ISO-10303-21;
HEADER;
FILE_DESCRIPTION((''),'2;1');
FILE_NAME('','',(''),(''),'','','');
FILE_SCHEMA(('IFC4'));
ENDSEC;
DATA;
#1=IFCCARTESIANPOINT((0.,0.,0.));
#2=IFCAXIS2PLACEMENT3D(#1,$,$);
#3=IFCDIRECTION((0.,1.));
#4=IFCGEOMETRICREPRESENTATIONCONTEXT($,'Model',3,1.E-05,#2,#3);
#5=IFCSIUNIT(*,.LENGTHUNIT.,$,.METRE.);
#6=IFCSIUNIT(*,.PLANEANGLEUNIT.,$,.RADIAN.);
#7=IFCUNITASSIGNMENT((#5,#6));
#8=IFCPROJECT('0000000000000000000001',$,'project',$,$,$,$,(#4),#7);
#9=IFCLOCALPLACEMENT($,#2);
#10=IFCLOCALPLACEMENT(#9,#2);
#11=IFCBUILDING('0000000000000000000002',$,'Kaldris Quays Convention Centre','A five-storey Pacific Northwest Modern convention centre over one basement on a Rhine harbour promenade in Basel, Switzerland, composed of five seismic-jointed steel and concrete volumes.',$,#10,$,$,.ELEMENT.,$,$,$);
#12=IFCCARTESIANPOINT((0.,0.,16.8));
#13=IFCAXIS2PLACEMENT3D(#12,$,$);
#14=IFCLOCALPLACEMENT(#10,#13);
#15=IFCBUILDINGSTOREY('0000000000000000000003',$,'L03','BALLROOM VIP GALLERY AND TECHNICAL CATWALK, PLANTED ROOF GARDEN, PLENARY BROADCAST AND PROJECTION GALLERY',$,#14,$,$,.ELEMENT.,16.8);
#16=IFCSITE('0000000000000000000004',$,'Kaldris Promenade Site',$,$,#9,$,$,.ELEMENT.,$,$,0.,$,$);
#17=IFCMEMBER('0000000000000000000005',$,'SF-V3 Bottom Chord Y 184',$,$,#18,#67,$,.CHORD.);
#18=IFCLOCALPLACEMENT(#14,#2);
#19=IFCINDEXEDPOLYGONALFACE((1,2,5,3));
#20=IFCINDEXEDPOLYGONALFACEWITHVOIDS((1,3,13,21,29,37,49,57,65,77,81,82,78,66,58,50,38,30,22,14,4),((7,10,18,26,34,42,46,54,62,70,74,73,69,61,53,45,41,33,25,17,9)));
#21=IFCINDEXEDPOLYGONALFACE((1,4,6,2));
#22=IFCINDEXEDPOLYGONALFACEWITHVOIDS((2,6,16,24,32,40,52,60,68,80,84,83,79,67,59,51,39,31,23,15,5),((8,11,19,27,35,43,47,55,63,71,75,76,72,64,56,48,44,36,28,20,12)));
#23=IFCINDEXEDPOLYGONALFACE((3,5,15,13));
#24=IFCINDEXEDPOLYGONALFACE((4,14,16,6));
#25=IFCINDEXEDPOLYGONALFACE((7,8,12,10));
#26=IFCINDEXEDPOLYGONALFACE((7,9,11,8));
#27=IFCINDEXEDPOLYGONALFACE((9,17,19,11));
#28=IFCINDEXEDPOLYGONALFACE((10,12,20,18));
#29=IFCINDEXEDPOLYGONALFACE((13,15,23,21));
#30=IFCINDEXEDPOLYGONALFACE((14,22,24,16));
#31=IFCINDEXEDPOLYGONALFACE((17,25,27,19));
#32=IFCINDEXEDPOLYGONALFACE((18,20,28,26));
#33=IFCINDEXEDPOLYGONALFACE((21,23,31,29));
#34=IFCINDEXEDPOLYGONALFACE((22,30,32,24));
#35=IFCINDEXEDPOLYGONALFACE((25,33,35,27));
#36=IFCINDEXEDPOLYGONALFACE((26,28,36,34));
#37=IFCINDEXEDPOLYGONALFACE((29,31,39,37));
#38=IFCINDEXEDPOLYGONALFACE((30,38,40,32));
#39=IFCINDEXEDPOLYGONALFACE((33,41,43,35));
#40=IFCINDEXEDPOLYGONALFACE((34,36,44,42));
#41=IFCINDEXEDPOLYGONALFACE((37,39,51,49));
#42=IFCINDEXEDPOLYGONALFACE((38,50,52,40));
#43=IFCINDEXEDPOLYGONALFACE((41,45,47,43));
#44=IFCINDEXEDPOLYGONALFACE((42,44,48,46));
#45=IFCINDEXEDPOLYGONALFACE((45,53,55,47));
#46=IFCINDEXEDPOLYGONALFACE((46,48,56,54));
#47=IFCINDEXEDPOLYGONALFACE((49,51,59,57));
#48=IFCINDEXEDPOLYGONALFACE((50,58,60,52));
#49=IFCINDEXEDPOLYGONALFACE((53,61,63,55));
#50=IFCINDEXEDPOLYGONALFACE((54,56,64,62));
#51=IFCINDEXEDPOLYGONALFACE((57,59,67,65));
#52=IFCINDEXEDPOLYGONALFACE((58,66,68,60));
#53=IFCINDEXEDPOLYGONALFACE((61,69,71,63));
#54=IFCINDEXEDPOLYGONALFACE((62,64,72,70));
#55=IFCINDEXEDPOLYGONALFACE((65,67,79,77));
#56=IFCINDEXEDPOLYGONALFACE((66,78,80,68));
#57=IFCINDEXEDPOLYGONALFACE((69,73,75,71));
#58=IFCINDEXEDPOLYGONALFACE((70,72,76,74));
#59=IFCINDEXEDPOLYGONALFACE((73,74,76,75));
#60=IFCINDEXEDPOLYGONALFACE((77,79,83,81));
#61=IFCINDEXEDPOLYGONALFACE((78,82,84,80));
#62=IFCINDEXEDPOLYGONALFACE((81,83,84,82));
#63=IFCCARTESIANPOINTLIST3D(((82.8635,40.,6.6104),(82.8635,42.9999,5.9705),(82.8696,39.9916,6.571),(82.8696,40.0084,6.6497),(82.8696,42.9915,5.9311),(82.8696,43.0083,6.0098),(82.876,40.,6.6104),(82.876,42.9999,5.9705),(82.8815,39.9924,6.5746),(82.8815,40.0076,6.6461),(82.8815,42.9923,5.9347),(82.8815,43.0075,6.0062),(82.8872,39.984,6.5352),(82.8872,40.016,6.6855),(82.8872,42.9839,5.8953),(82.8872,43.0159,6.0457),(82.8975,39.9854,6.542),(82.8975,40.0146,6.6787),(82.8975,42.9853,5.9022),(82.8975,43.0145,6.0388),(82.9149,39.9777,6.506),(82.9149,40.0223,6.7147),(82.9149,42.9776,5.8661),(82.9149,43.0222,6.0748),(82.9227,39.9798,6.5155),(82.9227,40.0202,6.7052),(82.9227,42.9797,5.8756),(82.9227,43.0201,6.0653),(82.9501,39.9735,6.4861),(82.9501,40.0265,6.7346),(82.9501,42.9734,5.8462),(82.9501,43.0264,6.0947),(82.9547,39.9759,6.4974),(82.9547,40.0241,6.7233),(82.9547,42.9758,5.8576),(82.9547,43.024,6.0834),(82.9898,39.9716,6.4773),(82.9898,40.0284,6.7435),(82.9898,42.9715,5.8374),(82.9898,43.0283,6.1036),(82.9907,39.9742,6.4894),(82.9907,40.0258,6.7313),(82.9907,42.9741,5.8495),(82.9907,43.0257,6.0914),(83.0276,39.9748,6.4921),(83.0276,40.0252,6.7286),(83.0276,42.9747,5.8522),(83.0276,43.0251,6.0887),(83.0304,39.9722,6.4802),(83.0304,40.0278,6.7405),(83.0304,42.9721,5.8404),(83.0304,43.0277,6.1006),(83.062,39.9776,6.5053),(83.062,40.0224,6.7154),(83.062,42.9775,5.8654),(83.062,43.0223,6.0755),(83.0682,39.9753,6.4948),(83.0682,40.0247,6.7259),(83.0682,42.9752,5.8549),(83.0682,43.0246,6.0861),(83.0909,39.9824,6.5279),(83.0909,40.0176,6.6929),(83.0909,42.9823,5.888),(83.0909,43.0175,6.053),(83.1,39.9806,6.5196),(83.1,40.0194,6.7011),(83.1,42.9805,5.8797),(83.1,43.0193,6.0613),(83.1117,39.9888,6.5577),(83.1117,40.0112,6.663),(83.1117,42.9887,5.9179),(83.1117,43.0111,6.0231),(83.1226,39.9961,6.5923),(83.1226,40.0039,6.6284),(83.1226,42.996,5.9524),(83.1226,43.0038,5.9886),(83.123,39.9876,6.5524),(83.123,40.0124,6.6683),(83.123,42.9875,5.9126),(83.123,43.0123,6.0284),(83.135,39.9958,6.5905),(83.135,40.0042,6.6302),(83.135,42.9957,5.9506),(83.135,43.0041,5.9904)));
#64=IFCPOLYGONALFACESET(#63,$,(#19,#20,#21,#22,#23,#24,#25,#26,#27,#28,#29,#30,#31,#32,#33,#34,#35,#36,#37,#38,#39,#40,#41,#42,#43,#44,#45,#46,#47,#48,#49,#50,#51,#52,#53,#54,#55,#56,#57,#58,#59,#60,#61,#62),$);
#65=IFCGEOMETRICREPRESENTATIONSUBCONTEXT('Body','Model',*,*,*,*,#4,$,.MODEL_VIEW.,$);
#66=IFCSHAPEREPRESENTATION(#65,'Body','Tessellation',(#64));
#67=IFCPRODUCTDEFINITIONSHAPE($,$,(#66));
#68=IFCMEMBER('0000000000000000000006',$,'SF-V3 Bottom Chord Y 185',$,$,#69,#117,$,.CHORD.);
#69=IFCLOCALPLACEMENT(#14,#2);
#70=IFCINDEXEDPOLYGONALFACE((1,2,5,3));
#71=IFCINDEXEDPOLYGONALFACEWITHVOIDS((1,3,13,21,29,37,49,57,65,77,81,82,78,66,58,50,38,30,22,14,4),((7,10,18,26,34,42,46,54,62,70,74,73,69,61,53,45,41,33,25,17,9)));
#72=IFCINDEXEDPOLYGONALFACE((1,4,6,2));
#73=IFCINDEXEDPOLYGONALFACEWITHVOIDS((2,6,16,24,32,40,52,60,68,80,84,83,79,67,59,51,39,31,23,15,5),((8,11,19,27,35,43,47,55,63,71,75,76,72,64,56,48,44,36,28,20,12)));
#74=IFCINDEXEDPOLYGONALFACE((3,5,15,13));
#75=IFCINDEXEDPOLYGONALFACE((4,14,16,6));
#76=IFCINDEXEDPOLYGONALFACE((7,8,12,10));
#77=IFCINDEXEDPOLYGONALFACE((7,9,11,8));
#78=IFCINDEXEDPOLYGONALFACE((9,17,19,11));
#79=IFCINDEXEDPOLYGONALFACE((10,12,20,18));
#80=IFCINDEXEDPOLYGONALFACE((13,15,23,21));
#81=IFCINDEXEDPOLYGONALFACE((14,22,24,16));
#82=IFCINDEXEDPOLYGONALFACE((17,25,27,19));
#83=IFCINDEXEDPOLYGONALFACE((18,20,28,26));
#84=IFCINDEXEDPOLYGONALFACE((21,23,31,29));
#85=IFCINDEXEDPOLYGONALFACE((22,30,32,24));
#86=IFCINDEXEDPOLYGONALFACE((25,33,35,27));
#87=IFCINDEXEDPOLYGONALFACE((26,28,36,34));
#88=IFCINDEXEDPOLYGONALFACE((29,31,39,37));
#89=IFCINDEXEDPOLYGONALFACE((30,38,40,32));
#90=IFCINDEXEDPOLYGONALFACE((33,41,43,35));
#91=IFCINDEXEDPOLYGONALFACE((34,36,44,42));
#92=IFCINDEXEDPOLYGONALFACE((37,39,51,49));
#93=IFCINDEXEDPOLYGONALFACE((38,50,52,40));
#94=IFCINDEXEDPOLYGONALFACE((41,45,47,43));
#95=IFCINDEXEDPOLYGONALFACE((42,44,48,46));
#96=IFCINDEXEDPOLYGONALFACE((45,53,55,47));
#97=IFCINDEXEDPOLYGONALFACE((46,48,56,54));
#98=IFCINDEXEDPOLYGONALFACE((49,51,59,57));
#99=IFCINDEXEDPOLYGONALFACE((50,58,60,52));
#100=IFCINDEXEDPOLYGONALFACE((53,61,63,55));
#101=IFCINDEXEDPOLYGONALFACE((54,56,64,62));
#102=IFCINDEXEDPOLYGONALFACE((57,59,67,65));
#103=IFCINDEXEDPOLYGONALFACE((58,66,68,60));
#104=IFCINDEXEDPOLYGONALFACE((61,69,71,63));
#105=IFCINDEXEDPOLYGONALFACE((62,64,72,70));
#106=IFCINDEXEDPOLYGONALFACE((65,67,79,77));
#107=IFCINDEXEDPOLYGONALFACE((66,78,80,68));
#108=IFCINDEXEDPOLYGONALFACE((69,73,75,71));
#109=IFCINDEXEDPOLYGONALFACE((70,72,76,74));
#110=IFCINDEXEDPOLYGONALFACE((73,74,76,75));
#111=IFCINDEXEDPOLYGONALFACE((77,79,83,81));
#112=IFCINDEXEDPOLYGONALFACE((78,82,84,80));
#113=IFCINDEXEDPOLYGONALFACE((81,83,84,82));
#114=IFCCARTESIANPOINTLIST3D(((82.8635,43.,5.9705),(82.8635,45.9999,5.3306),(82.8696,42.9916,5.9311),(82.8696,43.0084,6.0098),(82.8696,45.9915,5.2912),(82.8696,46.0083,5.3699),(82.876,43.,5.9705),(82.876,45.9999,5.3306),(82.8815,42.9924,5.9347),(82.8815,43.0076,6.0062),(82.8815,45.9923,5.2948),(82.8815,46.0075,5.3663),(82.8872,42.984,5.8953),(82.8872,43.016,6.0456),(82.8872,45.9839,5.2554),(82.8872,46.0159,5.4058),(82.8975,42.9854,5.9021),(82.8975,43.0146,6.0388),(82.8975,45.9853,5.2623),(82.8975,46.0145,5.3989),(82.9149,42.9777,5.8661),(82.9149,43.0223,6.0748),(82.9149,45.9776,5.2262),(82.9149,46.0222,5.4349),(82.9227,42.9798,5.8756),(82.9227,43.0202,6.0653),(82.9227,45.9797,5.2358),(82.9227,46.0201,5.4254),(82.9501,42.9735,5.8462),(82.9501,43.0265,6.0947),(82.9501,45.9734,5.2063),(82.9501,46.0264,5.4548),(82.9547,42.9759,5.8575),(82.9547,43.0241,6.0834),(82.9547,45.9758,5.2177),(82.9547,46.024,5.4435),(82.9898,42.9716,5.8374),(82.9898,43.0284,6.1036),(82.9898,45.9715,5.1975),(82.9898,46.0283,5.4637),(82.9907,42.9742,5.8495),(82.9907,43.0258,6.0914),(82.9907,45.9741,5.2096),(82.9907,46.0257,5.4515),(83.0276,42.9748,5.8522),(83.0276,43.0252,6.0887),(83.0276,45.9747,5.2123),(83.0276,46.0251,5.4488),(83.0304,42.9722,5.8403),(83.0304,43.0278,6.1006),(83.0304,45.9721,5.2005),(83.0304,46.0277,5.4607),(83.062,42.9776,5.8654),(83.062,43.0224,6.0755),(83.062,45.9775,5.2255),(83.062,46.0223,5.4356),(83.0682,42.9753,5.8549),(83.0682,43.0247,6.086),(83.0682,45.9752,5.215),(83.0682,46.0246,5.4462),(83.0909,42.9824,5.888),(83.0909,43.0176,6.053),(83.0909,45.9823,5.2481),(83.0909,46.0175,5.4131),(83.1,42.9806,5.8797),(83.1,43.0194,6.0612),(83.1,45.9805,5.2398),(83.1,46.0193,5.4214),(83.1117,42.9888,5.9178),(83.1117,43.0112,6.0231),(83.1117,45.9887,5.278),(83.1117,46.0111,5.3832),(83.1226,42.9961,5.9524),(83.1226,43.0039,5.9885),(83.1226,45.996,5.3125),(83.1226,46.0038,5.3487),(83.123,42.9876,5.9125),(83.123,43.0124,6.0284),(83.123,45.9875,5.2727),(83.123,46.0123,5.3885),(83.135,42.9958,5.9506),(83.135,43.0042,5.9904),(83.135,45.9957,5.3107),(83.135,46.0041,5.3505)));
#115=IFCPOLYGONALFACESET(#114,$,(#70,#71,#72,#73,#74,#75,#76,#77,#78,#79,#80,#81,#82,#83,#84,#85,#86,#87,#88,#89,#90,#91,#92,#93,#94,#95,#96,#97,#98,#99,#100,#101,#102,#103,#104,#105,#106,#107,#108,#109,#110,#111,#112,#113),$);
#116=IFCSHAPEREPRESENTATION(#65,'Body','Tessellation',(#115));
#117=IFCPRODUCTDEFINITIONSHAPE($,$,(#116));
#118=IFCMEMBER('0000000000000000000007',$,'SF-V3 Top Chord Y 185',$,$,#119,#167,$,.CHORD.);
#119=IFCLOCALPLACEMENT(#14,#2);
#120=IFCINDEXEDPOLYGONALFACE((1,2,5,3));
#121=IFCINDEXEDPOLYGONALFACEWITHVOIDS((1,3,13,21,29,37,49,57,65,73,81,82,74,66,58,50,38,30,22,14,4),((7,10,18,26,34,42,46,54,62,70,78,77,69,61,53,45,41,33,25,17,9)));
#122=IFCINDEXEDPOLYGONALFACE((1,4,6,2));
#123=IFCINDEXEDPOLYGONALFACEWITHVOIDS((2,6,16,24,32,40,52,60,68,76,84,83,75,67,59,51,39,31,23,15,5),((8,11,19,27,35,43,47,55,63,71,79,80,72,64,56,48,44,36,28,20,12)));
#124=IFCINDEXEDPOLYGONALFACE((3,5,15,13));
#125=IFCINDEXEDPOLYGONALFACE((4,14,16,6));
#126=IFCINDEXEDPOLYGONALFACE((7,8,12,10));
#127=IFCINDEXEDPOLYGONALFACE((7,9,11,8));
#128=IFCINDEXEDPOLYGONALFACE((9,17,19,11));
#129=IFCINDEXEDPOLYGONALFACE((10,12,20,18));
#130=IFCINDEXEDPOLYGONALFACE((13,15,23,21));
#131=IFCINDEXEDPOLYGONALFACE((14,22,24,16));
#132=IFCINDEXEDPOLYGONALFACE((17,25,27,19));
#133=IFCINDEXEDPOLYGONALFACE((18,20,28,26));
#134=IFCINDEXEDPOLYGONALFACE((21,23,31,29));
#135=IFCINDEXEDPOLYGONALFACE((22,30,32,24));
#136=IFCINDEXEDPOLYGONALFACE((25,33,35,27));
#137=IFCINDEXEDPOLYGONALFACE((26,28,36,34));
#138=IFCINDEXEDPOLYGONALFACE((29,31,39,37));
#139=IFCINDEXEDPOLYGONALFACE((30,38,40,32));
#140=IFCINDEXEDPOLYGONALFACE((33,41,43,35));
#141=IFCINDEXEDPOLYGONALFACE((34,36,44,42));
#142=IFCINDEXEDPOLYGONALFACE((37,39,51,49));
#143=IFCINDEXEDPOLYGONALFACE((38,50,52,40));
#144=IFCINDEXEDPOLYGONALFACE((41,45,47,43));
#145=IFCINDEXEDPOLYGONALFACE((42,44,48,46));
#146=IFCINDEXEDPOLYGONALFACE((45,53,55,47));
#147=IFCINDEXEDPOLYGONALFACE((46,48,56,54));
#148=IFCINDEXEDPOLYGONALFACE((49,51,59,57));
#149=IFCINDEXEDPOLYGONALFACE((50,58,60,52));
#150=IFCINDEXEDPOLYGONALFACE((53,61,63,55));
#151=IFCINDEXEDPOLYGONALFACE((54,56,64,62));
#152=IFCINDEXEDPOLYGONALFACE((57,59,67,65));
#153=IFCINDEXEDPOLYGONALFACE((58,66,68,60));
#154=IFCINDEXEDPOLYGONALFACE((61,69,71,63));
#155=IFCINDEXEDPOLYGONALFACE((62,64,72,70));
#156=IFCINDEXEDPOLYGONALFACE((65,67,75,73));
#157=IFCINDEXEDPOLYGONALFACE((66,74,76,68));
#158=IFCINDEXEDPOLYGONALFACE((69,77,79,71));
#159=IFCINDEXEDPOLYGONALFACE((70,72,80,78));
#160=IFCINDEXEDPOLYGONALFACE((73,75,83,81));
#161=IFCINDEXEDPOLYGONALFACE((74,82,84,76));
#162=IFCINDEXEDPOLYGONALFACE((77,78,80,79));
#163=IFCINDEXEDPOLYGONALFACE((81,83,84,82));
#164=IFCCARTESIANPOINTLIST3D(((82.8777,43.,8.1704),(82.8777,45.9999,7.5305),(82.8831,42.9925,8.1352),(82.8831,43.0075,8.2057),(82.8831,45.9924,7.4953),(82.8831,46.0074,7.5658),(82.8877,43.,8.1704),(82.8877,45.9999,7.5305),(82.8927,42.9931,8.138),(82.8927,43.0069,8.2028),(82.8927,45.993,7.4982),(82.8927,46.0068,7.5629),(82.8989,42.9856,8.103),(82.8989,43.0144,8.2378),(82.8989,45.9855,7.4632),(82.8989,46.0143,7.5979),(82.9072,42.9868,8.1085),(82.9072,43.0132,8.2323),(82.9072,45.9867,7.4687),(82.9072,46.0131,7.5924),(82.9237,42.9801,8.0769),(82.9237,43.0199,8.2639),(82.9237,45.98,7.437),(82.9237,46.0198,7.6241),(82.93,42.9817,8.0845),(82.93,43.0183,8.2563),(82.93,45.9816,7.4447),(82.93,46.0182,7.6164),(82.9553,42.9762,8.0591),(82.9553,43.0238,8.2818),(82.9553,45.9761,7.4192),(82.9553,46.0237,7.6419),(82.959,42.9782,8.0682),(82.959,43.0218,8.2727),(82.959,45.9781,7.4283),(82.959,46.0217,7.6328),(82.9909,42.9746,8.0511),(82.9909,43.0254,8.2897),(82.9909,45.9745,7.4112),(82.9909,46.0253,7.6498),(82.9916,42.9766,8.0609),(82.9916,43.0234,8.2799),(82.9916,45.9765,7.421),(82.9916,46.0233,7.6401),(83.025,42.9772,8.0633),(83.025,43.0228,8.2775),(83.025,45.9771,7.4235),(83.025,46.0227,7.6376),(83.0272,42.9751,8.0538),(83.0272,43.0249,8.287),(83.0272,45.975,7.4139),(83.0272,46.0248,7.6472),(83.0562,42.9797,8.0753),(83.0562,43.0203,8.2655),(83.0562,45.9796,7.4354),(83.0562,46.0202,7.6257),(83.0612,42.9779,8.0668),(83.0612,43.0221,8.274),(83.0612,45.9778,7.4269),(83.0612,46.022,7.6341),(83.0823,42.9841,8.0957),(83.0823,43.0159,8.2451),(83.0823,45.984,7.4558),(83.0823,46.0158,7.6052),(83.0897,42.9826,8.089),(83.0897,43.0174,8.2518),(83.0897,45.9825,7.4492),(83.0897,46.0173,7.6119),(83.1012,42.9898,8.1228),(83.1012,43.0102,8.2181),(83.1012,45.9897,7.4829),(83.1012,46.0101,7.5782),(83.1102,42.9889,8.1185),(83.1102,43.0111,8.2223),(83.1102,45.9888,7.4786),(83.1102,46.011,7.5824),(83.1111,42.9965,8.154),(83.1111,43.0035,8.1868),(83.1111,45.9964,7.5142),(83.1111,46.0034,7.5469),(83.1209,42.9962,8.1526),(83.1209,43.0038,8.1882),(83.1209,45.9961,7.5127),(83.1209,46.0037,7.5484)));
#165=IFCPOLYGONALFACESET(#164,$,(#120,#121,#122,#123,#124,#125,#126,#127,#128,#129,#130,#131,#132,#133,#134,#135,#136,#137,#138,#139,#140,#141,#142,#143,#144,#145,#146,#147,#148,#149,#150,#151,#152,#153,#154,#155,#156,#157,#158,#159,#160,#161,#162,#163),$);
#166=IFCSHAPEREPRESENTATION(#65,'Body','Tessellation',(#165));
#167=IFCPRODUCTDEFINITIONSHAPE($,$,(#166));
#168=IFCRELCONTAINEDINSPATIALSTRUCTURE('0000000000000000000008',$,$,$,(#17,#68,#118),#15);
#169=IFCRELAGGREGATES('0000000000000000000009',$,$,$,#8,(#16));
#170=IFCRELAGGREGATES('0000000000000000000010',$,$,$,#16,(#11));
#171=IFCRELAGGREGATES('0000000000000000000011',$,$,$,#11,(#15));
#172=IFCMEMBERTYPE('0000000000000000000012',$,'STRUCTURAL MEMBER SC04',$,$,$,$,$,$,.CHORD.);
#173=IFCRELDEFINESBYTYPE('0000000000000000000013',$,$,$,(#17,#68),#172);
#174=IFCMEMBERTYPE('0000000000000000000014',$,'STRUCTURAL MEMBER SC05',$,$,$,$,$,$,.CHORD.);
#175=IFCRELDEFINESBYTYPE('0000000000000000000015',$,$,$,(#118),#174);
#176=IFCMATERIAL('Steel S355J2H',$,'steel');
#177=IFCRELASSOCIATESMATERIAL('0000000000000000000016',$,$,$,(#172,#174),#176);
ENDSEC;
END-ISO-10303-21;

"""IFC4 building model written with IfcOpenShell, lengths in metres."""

from ifc_helpers import new_model, si_unit, direction, frame, origin, origin_2d, place, context, subcontext, project, spatial, hollow_circle, extrude, material, material_profile, profile_set, type_object, element, save


model = new_model("IFC4")

# Units and contexts
model_context = context("Model", 3, precision=1e-05, world=origin(), true_north=direction((0.0, 1.0)))
body_context = subcontext(model_context, "Body", "Model", "MODEL_VIEW")
ifc_project = project(units=[si_unit("LENGTHUNIT", "METRE"), si_unit("PLANEANGLEUNIT", "RADIAN")], contexts=[model_context])

# Site, building, storey
site_placement = place(None, origin())
site = spatial("IfcSite", under=ifc_project, at=site_placement, Name="Kaldris Promenade Site", CompositionType="ELEMENT", RefElevation=0.0)
building_placement = place(site_placement, origin())
building = spatial("IfcBuilding", under=site, at=building_placement, Name="Kaldris Quays Convention Centre", Description="A five-storey Pacific Northwest Modern convention centre over one basement on a Rhine harbour promenade in Basel, Switzerland, composed of five seismic-jointed steel and concrete volumes.", CompositionType="ELEMENT")
storey_placement = place(building_placement, frame((0.0, 0.0, 16.8)))
storey = spatial("IfcBuildingStorey", under=building, at=storey_placement, Name="L03", Description="BALLROOM VIP GALLERY AND TECHNICAL CATWALK, PLANTED ROOF GARDEN, PLENARY BROADCAST AND PROJECTION GALLERY", CompositionType="ELEMENT", Elevation=16.8)

# Members
ifc_material_1 = material(Name="Steel S355J2H", Category="steel")
ifc_material_profile_1 = material_profile(ifc_material_1, hollow_circle(Radius=0.1365, WallThickness=0.0125, at=origin_2d()), Name="CHS 273x12.5")
ifc_profile_set_1 = profile_set([ifc_material_profile_1], Name="Steel S355J2H")
member_type_1 = type_object("IfcMemberType", Name="STRUCTURAL MEMBER SC04", PredefinedType="CHORD", material=ifc_profile_set_1)
for number, where, z_axis, x_axis, name in (
    (1, (83.0, 40.0, 6.6104), (0.0, 0.978, -0.208605), (-1.0, 0.0, 0.0), "SF-V3 Bottom Chord Y 184"),
    (2, (83.0, 43.0, 5.9705), (0.0, 0.978, -0.208605), (-1.0, 0.0, 0.0), "SF-V3 Bottom Chord Y 185"),
):
    element("IfcMember", number, at=place(storey_placement, frame(where, z_axis=z_axis, x_axis=x_axis)), inside=storey, type_object=member_type_1, Name=name, PredefinedType="CHORD", context=body_context, shape_type="SweptSolid", body=[
        extrude(hollow_circle(Radius=0.1365, WallThickness=0.0125, at=origin_2d()), origin(), (0.0, 0.0, 1.0), 3.0674),
    ])
ifc_material_profile_2 = material_profile(ifc_material_1, hollow_circle(Radius=0.1223, WallThickness=0.01, at=origin_2d()), Name="CHS 244.5x10")
ifc_profile_set_2 = profile_set([ifc_material_profile_2], Name="Steel S355J2H")
member_type_2 = type_object("IfcMemberType", Name="STRUCTURAL MEMBER SC05", PredefinedType="CHORD", material=ifc_profile_set_2)
member_1_placement = place(storey_placement, frame((83.0, 43.0, 8.1704), z_axis=(0.0, 0.978, -0.208605), x_axis=(-1.0, 0.0, 0.0)))
element("IfcMember", 3, at=member_1_placement, inside=storey, type_object=member_type_2, Name="SF-V3 Top Chord Y 185", PredefinedType="CHORD", context=body_context, shape_type="SweptSolid", body=[
    extrude(hollow_circle(Radius=0.1223, WallThickness=0.01, at=origin_2d()), origin(), (0.0, 0.0, 1.0), 3.0674),
])

save(model, "model.ifc")
